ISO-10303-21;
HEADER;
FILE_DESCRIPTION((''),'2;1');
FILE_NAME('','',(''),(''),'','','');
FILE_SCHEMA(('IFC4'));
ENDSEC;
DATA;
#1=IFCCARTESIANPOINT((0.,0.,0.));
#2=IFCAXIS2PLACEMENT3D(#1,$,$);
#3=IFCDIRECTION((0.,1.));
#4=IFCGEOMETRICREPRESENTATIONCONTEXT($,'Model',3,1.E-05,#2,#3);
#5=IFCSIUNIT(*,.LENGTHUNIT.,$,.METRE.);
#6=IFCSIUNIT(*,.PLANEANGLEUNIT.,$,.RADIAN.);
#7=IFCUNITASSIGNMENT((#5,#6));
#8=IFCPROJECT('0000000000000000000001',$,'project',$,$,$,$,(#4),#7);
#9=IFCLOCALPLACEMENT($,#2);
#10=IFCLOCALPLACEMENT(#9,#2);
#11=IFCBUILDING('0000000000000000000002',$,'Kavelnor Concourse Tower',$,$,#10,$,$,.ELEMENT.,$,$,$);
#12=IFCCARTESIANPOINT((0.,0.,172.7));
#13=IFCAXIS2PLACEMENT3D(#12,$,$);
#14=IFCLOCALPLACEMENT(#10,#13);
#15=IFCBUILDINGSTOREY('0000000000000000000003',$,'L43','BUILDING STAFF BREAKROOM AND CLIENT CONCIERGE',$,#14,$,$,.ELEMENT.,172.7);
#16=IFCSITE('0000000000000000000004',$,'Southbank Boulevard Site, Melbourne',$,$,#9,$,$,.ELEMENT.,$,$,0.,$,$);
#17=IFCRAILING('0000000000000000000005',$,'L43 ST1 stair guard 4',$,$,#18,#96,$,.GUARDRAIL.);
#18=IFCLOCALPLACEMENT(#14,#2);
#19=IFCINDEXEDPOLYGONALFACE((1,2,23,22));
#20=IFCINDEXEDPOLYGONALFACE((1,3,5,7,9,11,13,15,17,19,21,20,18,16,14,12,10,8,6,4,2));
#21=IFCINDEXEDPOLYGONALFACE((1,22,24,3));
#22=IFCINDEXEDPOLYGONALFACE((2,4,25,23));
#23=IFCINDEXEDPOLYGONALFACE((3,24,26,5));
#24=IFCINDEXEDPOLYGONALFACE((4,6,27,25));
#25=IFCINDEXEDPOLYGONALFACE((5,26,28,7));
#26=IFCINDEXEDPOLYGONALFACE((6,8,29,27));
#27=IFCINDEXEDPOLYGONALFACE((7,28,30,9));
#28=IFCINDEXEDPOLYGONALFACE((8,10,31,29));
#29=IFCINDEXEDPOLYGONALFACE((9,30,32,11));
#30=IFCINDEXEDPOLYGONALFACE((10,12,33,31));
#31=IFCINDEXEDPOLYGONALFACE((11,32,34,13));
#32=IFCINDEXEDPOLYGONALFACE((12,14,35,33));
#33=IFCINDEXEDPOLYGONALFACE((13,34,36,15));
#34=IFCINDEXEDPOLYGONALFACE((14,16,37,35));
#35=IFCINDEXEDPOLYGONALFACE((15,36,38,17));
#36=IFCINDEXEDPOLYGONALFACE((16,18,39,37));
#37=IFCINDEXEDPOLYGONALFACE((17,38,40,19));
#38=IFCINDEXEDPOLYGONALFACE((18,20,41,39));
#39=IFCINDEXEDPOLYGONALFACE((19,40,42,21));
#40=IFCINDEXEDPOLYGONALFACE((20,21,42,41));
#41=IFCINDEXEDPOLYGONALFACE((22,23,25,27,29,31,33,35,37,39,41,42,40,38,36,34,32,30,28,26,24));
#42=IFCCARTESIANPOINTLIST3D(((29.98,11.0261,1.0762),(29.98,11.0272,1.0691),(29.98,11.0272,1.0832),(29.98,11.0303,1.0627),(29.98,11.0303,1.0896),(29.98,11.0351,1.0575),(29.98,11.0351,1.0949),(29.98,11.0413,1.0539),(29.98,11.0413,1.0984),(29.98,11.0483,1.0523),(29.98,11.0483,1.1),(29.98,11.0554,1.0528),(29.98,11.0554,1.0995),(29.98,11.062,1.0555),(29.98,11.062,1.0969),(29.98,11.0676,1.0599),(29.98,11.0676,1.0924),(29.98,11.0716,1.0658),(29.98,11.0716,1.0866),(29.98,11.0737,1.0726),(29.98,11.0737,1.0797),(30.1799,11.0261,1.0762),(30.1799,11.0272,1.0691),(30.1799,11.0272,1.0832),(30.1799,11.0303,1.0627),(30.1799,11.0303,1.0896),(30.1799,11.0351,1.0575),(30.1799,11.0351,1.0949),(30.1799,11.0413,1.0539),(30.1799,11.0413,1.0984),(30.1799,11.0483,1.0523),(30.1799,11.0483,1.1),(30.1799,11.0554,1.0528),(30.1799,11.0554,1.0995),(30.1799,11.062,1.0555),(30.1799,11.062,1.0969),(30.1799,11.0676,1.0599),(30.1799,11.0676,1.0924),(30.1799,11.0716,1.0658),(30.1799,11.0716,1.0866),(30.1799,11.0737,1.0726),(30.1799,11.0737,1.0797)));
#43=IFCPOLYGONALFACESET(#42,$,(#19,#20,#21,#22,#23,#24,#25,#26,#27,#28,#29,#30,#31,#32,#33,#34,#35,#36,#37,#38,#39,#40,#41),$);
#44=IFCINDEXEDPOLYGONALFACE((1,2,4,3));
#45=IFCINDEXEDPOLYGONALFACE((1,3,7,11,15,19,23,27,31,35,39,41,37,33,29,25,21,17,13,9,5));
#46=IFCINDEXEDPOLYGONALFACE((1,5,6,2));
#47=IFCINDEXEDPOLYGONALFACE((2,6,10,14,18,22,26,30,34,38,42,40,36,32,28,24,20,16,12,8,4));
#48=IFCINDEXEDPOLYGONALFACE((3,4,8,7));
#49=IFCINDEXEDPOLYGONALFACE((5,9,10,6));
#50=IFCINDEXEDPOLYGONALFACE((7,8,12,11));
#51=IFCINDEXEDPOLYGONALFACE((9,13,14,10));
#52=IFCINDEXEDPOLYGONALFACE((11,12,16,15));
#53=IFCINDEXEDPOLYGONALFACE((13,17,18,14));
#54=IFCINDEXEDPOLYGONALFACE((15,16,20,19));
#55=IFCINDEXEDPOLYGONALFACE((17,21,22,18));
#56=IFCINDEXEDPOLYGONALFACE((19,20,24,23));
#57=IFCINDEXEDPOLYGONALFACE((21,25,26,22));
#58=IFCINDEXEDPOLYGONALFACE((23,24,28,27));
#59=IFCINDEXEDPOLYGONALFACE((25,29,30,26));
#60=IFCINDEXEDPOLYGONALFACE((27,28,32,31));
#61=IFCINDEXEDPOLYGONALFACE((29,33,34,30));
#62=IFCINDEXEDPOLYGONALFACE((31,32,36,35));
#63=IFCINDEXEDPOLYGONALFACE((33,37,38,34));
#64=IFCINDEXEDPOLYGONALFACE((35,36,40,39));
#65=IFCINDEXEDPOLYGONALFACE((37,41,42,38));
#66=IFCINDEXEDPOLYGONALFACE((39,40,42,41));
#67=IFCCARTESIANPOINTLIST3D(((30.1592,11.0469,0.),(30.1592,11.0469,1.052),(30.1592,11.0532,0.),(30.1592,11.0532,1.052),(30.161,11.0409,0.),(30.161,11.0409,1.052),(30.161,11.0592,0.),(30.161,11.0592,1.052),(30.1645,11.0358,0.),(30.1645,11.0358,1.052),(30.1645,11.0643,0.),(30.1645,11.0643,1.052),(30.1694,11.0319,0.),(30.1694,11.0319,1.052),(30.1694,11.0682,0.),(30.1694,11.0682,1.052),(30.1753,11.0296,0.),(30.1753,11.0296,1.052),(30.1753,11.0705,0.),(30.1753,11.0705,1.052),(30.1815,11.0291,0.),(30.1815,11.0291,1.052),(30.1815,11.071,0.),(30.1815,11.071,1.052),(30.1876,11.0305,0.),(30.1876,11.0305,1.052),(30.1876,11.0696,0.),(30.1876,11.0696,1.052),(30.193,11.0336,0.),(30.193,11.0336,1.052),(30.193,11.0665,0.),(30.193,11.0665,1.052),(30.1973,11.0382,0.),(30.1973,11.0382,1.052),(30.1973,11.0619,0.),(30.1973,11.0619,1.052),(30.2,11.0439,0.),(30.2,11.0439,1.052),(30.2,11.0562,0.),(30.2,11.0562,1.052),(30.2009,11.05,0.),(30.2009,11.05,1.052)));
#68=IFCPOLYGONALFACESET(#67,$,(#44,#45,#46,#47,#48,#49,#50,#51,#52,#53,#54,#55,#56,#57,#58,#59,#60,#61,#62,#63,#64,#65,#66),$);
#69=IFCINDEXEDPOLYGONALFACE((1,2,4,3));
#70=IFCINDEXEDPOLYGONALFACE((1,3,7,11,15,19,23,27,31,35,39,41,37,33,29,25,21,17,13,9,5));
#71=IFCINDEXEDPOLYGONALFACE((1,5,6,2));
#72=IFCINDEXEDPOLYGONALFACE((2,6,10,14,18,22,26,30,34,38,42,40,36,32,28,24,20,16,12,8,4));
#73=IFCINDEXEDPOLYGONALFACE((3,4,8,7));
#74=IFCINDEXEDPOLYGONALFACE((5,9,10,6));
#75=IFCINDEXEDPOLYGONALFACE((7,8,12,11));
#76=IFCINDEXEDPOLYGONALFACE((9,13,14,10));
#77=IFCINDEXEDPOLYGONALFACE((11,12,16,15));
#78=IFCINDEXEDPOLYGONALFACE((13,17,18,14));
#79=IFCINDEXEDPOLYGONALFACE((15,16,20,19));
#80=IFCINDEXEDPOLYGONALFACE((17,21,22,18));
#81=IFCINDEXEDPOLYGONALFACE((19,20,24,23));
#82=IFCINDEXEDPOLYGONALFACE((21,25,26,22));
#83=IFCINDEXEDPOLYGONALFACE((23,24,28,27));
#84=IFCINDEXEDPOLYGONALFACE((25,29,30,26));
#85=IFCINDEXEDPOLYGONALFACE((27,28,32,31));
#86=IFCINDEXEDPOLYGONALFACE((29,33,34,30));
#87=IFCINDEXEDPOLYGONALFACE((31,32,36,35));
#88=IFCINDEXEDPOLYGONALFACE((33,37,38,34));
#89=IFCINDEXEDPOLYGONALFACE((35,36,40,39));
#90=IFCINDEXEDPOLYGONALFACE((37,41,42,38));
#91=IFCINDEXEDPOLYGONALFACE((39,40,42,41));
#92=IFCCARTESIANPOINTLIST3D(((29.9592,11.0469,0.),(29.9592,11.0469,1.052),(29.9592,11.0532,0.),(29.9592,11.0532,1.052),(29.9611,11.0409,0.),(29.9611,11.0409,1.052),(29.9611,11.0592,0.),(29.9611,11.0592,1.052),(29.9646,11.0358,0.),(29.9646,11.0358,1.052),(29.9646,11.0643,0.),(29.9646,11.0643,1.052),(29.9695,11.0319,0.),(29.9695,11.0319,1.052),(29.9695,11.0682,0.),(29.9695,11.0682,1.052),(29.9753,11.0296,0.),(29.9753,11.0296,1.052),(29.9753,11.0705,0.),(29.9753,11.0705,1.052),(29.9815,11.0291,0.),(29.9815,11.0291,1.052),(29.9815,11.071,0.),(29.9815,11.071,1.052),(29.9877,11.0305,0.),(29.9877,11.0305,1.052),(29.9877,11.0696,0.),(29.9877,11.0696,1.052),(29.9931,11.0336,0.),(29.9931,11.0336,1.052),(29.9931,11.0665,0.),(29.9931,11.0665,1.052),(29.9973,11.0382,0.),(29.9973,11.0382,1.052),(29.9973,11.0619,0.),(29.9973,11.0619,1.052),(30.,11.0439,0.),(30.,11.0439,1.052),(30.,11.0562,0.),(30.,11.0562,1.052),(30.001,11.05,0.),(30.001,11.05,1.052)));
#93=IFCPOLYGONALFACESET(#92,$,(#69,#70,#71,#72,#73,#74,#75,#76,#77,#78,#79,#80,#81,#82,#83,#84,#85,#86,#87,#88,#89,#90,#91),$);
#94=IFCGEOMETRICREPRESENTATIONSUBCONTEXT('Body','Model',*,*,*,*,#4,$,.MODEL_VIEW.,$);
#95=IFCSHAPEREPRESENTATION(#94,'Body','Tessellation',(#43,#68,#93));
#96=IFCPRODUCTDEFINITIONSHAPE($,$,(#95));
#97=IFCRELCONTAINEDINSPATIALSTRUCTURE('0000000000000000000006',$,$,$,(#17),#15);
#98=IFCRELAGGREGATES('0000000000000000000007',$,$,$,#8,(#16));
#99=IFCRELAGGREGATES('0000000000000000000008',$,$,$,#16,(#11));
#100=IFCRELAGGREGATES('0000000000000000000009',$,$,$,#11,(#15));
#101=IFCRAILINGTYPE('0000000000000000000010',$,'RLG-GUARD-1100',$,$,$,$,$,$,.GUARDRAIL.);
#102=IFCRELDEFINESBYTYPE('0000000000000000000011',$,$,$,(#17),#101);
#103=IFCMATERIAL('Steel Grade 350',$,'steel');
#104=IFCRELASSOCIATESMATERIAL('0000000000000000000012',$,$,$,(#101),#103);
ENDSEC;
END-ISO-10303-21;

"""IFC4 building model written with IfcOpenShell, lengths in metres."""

from ifc_helpers import new_model, si_unit, direction, frame, origin, origin_2d, place, context, subcontext, project, spatial, circle, extrude, material, type_object, element, save


model = new_model("IFC4")

# Units and contexts
model_context = context("Model", 3, precision=1e-05, world=origin(), true_north=direction((0.0, 1.0)))
body_context = subcontext(model_context, "Body", "Model", "MODEL_VIEW")
ifc_project = project(units=[si_unit("LENGTHUNIT", "METRE"), si_unit("PLANEANGLEUNIT", "RADIAN")], contexts=[model_context])

# Site, building, storey
site_placement = place(None, origin())
site = spatial("IfcSite", under=ifc_project, at=site_placement, Name="Southbank Boulevard Site, Melbourne", CompositionType="ELEMENT", RefElevation=0.0)
building_placement = place(site_placement, origin())
building = spatial("IfcBuilding", under=site, at=building_placement, Name="Kavelnor Concourse Tower", CompositionType="ELEMENT")
storey_placement = place(building_placement, frame((0.0, 0.0, 172.7)))
storey = spatial("IfcBuildingStorey", under=building, at=storey_placement, Name="L43", Description="BUILDING STAFF BREAKROOM AND CLIENT CONCIERGE", CompositionType="ELEMENT", Elevation=172.7)

# Shared definitions
ifc_material_1 = material(Name="Steel Grade 350", Category="steel")

# Railing
railing_type_1 = type_object("IfcRailingType", Name="RLG-GUARD-1100", PredefinedType="GUARDRAIL", material=ifc_material_1)
railing_1_placement = place(storey_placement, frame((30.1799, 11.05, 0.0)))
element("IfcRailing", 1, at=railing_1_placement, inside=storey, type_object=railing_type_1, Name="L43 ST1 stair guard 4", PredefinedType="GUARDRAIL", context=body_context, shape_type="SweptSolid", body=[
    extrude(circle(Radius=0.0239, at=origin_2d()), frame((0.0, 0.0, 1.0762), z_axis=(-1.0, 0.0, 0.0), x_axis=(0.0, -1.0, 0.0)), (0.0, 0.0, 1.0), 0.2),
    extrude(circle(Radius=0.021, at=origin_2d()), origin(), (0.0, 0.0, 1.0), 1.052),
    extrude(circle(Radius=0.021, at=origin_2d()), frame((-0.2, 0.0, 0.0)), (0.0, 0.0, 1.0), 1.052),
])

save(model, "model.ifc")
